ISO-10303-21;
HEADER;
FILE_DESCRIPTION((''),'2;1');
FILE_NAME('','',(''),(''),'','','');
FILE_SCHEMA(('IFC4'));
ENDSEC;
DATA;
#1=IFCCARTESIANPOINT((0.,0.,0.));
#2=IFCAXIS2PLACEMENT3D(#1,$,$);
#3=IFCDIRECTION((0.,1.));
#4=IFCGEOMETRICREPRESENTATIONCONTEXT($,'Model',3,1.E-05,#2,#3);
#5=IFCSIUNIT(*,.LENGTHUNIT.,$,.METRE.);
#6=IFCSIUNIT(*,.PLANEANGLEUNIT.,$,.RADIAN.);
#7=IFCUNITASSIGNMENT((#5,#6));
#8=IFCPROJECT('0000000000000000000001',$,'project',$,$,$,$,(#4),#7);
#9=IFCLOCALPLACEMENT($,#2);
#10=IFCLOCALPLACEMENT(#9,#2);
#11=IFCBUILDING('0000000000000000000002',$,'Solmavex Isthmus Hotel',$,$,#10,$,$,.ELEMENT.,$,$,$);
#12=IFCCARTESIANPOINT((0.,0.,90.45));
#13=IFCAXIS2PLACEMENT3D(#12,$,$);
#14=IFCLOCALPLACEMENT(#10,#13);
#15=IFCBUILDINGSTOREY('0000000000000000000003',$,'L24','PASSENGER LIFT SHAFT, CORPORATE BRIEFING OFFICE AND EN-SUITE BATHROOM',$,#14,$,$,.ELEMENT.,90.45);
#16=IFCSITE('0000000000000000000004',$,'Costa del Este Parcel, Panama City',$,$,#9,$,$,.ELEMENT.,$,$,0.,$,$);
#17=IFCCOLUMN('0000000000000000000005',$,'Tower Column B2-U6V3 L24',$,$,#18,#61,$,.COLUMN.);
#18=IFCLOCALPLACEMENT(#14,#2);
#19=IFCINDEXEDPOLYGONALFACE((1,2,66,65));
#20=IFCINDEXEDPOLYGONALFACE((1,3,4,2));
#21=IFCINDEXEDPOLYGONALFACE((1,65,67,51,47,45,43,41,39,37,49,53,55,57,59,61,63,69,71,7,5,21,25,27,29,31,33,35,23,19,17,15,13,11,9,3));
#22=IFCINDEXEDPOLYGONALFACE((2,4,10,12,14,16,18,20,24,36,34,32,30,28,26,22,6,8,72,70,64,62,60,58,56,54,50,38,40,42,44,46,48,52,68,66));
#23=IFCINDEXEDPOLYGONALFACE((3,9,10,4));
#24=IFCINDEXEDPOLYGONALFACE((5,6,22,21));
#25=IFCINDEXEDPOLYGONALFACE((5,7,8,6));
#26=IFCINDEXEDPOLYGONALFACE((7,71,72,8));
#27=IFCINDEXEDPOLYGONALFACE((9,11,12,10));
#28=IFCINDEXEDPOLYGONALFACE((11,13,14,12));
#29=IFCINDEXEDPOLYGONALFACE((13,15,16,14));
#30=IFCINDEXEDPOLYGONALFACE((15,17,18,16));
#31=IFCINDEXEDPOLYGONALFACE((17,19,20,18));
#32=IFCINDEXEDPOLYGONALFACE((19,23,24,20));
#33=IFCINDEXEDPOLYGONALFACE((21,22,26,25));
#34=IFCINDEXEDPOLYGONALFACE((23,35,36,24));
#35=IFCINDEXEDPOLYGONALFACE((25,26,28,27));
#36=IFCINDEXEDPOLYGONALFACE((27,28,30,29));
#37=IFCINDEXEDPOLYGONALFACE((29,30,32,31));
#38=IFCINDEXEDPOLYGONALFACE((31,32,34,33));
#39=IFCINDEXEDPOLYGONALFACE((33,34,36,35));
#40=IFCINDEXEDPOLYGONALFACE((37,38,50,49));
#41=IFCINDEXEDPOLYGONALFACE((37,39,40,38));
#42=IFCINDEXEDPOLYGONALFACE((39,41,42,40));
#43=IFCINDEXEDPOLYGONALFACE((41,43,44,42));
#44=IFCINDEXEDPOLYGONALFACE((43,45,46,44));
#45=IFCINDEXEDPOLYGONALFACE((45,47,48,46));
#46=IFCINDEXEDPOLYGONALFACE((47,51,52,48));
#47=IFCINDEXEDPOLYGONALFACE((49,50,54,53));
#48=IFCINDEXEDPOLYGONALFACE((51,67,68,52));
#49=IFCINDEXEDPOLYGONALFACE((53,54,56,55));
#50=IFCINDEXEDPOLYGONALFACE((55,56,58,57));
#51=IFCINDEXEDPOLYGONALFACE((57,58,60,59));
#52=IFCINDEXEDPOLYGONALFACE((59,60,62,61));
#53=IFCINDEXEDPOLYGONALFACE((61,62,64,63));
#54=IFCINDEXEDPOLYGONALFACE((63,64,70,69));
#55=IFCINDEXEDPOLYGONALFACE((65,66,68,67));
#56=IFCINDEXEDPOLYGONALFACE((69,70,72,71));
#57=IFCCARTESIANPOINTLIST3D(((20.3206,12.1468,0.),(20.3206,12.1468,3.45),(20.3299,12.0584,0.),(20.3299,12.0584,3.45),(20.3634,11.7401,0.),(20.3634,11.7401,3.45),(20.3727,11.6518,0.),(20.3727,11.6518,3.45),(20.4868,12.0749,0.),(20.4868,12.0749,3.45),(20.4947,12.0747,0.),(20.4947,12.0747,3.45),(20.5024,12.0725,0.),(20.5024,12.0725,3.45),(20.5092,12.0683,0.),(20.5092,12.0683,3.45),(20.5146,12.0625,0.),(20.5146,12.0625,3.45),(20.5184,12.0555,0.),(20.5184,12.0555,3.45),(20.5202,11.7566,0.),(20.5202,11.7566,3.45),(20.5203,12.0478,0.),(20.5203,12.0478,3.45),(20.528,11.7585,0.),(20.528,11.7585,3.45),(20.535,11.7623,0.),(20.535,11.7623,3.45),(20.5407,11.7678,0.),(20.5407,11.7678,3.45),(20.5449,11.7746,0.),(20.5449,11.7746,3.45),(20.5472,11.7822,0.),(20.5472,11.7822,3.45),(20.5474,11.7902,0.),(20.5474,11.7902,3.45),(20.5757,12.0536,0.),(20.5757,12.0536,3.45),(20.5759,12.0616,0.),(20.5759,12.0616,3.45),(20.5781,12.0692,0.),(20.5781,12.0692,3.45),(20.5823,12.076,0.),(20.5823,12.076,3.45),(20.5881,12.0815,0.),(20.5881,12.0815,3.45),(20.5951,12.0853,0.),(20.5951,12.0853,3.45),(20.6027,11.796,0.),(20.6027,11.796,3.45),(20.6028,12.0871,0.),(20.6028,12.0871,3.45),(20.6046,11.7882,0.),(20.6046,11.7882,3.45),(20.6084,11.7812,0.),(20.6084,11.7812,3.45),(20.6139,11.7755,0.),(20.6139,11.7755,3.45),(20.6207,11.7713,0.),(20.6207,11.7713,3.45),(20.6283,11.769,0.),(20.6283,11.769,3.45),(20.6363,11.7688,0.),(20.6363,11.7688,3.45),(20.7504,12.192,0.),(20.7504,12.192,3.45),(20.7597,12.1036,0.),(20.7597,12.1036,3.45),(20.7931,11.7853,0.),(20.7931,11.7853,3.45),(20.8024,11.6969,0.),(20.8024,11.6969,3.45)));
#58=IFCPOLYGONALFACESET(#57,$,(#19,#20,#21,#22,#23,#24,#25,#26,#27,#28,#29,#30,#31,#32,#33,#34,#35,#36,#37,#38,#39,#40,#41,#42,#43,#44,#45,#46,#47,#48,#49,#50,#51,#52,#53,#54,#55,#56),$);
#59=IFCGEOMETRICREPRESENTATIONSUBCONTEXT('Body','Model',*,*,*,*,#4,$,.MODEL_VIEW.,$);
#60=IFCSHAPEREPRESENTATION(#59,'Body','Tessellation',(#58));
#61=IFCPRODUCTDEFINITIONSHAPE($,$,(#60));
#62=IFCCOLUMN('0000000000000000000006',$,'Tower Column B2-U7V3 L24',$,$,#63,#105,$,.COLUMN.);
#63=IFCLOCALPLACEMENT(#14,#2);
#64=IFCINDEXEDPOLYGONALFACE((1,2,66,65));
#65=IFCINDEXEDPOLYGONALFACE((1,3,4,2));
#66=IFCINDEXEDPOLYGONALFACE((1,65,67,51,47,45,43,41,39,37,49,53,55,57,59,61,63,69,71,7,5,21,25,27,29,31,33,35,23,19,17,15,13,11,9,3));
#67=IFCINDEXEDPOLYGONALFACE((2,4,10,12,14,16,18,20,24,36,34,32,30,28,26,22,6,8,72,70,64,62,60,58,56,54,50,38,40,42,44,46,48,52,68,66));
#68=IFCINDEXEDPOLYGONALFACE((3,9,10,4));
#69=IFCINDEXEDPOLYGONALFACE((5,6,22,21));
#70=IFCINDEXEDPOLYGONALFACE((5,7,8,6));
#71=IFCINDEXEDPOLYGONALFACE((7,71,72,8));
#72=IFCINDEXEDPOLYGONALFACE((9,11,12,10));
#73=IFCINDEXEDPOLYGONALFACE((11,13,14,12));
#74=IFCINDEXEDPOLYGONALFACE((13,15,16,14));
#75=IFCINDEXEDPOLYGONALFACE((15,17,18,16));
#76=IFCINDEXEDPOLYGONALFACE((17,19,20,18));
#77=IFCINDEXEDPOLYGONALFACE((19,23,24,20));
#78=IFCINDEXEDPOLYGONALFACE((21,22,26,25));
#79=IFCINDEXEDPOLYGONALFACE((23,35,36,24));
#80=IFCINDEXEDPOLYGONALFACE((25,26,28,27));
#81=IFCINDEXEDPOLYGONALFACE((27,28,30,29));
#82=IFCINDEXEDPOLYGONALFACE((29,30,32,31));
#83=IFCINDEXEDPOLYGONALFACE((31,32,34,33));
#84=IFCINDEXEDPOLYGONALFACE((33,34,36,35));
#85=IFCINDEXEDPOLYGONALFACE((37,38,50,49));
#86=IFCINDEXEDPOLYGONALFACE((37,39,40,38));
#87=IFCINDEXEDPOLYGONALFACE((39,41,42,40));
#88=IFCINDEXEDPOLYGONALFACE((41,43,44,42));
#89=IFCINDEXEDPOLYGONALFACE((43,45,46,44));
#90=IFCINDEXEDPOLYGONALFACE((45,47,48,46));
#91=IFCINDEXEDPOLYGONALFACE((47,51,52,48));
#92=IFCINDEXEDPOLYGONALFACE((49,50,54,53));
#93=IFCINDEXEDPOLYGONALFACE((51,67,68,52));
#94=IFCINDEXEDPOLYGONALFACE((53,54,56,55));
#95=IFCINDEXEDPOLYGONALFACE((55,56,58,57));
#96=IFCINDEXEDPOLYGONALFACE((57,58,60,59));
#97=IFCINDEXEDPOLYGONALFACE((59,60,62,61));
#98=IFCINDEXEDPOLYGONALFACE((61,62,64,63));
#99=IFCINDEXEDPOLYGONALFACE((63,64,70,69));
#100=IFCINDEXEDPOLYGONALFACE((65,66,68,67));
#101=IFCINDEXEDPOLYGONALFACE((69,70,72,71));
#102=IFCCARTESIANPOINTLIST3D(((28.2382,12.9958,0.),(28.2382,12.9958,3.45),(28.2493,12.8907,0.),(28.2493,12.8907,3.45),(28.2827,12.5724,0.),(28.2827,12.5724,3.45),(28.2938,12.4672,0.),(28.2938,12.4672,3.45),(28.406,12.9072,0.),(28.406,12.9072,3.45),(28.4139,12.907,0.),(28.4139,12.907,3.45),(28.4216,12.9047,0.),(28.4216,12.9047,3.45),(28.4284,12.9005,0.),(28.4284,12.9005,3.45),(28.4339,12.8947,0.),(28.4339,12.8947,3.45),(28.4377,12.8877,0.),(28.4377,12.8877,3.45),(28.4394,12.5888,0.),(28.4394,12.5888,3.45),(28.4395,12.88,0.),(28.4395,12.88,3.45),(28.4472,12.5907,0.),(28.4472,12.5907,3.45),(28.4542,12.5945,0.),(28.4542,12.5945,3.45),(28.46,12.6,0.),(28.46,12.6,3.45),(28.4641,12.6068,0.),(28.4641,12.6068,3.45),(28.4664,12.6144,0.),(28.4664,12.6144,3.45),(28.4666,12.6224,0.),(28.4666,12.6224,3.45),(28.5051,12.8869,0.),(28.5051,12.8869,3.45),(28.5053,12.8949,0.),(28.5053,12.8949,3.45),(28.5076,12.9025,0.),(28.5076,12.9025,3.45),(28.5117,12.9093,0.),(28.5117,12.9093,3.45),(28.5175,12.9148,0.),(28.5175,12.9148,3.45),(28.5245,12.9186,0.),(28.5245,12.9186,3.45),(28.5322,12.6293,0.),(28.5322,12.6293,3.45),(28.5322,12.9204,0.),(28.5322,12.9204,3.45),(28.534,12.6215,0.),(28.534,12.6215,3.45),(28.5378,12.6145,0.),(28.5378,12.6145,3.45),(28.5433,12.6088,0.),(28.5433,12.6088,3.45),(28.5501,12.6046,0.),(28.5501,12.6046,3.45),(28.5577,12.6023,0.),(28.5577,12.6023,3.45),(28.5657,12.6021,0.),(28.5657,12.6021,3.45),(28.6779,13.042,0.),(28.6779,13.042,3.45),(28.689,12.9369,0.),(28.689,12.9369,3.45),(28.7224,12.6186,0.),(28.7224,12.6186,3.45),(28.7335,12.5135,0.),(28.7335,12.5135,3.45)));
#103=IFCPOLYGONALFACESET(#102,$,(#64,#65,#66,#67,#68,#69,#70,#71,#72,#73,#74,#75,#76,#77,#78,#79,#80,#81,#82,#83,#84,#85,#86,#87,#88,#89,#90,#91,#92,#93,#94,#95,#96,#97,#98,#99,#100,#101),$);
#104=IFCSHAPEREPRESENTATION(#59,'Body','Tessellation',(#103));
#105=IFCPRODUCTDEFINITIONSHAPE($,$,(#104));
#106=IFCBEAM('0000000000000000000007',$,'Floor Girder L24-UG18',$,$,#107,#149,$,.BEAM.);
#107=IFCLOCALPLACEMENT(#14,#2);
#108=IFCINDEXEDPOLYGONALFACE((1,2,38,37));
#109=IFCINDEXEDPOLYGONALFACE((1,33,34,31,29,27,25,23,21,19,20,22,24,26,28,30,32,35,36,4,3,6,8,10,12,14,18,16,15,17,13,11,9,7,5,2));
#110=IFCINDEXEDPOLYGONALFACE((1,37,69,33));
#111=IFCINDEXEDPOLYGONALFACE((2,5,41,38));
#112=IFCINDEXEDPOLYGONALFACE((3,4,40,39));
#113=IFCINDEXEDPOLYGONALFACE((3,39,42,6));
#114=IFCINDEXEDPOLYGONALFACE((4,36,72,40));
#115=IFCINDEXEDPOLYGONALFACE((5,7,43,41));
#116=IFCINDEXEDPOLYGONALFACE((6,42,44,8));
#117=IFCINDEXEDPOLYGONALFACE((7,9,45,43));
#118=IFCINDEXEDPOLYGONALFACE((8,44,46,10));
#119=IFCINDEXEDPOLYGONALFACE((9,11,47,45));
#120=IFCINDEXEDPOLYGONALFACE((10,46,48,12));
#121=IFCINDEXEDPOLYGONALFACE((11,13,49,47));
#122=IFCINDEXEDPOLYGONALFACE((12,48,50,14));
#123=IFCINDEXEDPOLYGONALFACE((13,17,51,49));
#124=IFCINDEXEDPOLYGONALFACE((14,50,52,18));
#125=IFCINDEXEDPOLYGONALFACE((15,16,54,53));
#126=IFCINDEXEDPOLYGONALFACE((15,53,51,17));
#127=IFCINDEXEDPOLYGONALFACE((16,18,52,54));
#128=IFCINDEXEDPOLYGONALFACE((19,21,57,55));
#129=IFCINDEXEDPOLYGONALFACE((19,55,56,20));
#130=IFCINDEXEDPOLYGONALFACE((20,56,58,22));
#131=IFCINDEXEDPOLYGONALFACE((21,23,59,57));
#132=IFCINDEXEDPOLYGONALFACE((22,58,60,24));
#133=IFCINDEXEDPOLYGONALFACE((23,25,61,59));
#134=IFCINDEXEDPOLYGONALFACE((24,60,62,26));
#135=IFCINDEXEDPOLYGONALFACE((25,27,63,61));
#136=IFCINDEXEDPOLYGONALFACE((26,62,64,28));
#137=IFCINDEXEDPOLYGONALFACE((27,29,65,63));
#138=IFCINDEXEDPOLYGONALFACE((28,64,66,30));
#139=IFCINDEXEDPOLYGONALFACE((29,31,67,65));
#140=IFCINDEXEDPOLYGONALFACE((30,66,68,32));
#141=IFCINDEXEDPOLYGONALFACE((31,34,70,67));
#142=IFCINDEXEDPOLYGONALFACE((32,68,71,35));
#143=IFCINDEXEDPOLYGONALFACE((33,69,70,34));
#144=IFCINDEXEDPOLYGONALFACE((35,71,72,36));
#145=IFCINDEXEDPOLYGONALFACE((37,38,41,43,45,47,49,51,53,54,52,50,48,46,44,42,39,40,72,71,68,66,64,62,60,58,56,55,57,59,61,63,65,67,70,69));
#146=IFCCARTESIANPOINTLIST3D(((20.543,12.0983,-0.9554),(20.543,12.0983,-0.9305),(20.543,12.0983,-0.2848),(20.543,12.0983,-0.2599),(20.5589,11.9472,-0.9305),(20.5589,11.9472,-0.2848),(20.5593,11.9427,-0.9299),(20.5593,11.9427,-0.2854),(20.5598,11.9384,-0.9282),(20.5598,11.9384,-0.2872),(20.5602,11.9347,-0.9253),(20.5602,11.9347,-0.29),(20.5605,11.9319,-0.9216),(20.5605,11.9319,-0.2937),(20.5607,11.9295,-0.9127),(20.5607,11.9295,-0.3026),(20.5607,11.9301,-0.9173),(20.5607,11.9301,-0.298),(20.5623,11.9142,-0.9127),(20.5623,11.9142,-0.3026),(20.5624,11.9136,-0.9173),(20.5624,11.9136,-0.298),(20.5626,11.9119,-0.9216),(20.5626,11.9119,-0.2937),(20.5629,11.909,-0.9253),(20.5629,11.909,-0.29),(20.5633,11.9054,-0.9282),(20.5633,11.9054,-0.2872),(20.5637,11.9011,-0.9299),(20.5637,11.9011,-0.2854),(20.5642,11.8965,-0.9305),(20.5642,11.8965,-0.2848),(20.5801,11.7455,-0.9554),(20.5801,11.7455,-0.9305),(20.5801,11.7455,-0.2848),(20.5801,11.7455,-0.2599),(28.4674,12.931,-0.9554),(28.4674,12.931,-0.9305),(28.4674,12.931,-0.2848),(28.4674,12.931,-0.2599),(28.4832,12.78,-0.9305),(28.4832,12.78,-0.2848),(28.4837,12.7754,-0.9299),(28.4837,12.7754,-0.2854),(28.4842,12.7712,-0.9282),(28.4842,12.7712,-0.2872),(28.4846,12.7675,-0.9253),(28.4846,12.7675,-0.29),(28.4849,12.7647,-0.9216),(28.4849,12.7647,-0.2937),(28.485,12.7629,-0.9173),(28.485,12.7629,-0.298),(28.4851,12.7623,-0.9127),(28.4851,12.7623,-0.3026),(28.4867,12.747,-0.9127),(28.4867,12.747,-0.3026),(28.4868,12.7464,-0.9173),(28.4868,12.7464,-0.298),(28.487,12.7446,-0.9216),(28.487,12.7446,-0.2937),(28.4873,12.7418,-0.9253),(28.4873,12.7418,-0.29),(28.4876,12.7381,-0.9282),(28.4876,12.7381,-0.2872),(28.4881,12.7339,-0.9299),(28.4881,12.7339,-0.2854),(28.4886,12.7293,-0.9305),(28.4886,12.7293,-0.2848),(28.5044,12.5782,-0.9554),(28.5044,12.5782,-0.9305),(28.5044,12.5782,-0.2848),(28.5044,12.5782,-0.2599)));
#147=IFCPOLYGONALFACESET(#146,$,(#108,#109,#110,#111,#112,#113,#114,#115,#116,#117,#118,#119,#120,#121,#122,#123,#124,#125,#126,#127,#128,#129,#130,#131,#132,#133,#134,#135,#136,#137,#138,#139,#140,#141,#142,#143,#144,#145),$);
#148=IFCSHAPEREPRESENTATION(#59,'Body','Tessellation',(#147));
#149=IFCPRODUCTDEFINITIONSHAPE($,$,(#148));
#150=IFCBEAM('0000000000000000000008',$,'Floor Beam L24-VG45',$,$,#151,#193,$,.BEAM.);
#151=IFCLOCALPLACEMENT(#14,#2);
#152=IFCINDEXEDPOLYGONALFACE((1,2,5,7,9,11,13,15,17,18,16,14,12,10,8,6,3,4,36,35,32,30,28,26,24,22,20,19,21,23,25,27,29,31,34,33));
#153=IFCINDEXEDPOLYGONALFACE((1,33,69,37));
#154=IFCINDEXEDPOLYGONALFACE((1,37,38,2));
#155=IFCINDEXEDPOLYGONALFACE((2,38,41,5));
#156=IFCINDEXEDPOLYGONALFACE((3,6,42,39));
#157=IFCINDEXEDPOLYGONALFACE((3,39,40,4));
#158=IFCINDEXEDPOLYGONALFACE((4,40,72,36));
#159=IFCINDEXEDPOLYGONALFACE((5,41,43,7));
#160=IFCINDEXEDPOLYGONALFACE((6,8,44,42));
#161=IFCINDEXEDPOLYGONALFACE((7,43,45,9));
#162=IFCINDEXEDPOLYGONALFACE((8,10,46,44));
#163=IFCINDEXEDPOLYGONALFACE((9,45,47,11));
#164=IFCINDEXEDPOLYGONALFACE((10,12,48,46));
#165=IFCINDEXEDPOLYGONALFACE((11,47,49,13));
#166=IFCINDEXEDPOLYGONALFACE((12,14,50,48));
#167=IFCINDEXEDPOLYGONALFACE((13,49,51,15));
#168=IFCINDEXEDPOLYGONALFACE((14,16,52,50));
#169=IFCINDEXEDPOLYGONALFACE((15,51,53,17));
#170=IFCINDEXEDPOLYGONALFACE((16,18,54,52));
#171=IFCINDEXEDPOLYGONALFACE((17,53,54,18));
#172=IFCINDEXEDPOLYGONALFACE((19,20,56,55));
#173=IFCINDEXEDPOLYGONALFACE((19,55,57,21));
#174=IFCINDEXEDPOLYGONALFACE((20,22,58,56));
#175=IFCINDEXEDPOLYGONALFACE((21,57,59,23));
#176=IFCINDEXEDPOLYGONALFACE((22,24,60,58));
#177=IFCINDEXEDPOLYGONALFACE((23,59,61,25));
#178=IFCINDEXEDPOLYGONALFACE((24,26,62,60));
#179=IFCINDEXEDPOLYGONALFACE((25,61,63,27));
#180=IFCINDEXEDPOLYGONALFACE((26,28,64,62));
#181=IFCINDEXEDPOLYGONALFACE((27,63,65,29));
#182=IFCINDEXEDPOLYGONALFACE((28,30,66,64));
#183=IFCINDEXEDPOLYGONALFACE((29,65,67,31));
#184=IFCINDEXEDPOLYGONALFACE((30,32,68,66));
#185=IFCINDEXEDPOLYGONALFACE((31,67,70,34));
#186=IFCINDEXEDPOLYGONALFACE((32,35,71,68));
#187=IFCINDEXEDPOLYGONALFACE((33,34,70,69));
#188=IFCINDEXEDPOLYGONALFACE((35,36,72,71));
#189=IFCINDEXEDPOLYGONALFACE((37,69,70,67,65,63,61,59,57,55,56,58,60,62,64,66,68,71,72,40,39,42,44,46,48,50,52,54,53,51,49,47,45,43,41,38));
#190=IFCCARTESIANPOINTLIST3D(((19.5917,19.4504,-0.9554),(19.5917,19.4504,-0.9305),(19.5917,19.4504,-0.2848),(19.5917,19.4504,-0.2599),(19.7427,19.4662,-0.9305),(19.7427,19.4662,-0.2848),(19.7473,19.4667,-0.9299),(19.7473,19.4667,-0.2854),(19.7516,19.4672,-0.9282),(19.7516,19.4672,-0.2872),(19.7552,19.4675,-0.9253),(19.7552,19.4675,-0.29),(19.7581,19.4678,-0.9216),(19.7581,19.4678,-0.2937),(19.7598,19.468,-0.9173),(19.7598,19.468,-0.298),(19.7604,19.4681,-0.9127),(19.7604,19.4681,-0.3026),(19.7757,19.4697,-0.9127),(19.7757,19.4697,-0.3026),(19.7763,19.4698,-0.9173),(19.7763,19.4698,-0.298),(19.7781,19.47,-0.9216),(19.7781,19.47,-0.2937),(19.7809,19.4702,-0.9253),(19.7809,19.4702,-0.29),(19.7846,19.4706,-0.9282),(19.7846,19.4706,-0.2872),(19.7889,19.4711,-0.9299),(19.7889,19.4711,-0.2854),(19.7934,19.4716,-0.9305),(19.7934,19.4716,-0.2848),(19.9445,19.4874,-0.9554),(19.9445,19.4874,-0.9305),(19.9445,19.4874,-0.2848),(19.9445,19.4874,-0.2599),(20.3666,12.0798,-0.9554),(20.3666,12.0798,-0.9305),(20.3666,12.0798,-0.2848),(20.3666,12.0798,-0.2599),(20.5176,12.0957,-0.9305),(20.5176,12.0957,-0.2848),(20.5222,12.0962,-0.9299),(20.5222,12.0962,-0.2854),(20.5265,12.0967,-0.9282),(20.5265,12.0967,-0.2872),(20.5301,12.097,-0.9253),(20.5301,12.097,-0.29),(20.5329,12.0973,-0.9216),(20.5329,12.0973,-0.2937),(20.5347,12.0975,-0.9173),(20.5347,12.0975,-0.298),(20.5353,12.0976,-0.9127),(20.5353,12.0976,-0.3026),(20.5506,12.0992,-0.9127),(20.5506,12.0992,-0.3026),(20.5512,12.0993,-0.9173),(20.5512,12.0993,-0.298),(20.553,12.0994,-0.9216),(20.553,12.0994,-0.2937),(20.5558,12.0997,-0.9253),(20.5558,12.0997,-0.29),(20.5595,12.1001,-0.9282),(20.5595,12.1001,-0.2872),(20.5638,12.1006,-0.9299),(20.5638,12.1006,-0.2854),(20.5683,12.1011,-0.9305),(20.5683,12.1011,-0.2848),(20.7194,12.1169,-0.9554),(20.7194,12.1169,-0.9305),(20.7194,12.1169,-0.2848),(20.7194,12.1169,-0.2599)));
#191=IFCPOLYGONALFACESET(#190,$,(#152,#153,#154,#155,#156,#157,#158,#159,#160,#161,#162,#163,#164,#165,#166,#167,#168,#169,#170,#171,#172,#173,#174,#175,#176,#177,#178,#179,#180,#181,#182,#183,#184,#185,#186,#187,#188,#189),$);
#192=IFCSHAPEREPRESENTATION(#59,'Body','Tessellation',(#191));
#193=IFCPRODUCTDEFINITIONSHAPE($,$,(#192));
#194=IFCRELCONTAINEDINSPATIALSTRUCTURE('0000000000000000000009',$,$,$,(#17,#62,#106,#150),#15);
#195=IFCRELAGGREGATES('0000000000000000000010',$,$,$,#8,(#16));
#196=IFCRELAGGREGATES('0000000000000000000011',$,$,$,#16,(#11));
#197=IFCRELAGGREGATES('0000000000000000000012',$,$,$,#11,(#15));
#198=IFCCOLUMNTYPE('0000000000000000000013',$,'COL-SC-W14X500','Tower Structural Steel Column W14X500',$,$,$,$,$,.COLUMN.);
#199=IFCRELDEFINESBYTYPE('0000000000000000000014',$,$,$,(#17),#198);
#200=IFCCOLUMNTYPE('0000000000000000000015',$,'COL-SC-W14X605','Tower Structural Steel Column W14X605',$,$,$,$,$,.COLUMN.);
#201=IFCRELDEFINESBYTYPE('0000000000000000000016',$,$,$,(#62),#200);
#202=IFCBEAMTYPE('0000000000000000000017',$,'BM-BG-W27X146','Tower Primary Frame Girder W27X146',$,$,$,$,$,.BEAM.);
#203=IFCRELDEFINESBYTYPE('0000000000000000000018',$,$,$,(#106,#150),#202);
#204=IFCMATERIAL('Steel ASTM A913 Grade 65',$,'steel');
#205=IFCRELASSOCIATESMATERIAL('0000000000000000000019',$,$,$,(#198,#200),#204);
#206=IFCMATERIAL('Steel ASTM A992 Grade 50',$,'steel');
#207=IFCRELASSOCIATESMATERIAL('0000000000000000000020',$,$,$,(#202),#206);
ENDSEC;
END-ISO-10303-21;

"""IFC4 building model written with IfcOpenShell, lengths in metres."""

from ifc_helpers import new_model, si_unit, direction, frame, origin, origin_2d, place, context, subcontext, project, spatial, i_section, extrude, material, material_profile, profile_set, type_object, element, save


model = new_model("IFC4")

# Units and contexts
model_context = context("Model", 3, precision=1e-05, world=origin(), true_north=direction((0.0, 1.0)))
body_context = subcontext(model_context, "Body", "Model", "MODEL_VIEW")
ifc_project = project(units=[si_unit("LENGTHUNIT", "METRE"), si_unit("PLANEANGLEUNIT", "RADIAN")], contexts=[model_context])

# Site, building, storey
site_placement = place(None, origin())
site = spatial("IfcSite", under=ifc_project, at=site_placement, Name="Costa del Este Parcel, Panama City", CompositionType="ELEMENT", RefElevation=0.0)
building_placement = place(site_placement, origin())
building = spatial("IfcBuilding", under=site, at=building_placement, Name="Solmavex Isthmus Hotel", CompositionType="ELEMENT")
storey_placement = place(building_placement, frame((0.0, 0.0, 90.45)))
storey = spatial("IfcBuildingStorey", under=building, at=storey_placement, Name="L24", Description="PASSENGER LIFT SHAFT, CORPORATE BRIEFING OFFICE AND EN-SUITE BATHROOM", CompositionType="ELEMENT", Elevation=90.45)

# Columns
ifc_material_1 = material(Name="Steel ASTM A913 Grade 65", Category="steel")
ifc_material_profile_1 = material_profile(ifc_material_1, i_section(OverallWidth=0.4321, OverallDepth=0.4978, WebThickness=0.0557, FlangeThickness=0.0889, FilletRadius=0.0305, at=origin_2d()), Name="W14X500")
ifc_profile_set_1 = profile_set([ifc_material_profile_1], Name="Steel ASTM A913 Grade 65")
column_type_1 = type_object("IfcColumnType", Name="COL-SC-W14X500", Description="Tower Structural Steel Column W14X500", PredefinedType="COLUMN", material=ifc_profile_set_1)
column_1_placement = place(storey_placement, frame((20.5615, 11.9219, 0.0), z_axis=(0.0, 0.0, 1.0), x_axis=(0.994522, 0.104528, 0.0)))
element("IfcColumn", 1, at=column_1_placement, inside=storey, type_object=column_type_1, Name="Tower Column B2-U6V3 L24", PredefinedType="COLUMN", context=body_context, shape_type="SweptSolid", body=[
    extrude(i_section(OverallWidth=0.4321, OverallDepth=0.4978, WebThickness=0.0557, FlangeThickness=0.0889, FilletRadius=0.0305, at=origin_2d()), origin(), (0.0, 0.0, 1.0), 3.45),
])
ifc_material_profile_2 = material_profile(ifc_material_1, i_section(OverallWidth=0.4421, OverallDepth=0.5315, WebThickness=0.0659, FlangeThickness=0.1057, FilletRadius=0.0305, at=origin_2d()), Name="W14X605")
ifc_profile_set_2 = profile_set([ifc_material_profile_2], Name="Steel ASTM A913 Grade 65")
column_type_2 = type_object("IfcColumnType", Name="COL-SC-W14X605", Description="Tower Structural Steel Column W14X605", PredefinedType="COLUMN", material=ifc_profile_set_2)
column_2_placement = place(storey_placement, frame((28.4858, 12.7546, 0.0), z_axis=(0.0, 0.0, 1.0), x_axis=(0.994522, 0.104528, 0.0)))
element("IfcColumn", 2, at=column_2_placement, inside=storey, type_object=column_type_2, Name="Tower Column B2-U7V3 L24", PredefinedType="COLUMN", context=body_context, shape_type="SweptSolid", body=[
    extrude(i_section(OverallWidth=0.4421, OverallDepth=0.5315, WebThickness=0.0659, FlangeThickness=0.1057, FilletRadius=0.0305, at=origin_2d()), origin(), (0.0, 0.0, 1.0), 3.45),
])

# Beams
ifc_material_2 = material(Name="Steel ASTM A992 Grade 50", Category="steel")
ifc_material_profile_3 = material_profile(ifc_material_2, i_section(OverallWidth=0.3547, OverallDepth=0.6956, WebThickness=0.0154, FlangeThickness=0.0249, FilletRadius=0.0178, at=origin_2d()), Name="W27X146")
ifc_profile_set_3 = profile_set([ifc_material_profile_3], Name="Steel ASTM A992 Grade 50")
beam_type_1 = type_object("IfcBeamType", Name="BM-BG-W27X146", Description="Tower Primary Frame Girder W27X146", PredefinedType="BEAM", material=ifc_profile_set_3)
beam_1_placement = place(storey_placement, frame((20.5615, 11.9219, -0.6077), z_axis=(0.994523, 0.104514, 0.0), x_axis=(-0.104514, 0.994523, 0.0)))
element("IfcBeam", 3, at=beam_1_placement, inside=storey, type_object=beam_type_1, Name="Floor Girder L24-UG18", PredefinedType="BEAM", context=body_context, shape_type="SweptSolid", body=[
    extrude(i_section(OverallWidth=0.3547, OverallDepth=0.6956, WebThickness=0.0154, FlangeThickness=0.0249, FilletRadius=0.0178, at=origin_2d()), origin(), (0.0, 0.0, 1.0), 7.968),
])
beam_2_placement = place(storey_placement, frame((20.543, 12.0984, -0.6077), z_axis=(-0.104558, 0.994519, 0.0), x_axis=(-0.994519, -0.104558, 0.0)))
element("IfcBeam", 4, at=beam_2_placement, inside=storey, type_object=beam_type_1, Name="Floor Beam L24-VG45", PredefinedType="BEAM", context=body_context, shape_type="SweptSolid", body=[
    extrude(i_section(OverallWidth=0.3547, OverallDepth=0.6956, WebThickness=0.0154, FlangeThickness=0.0249, FilletRadius=0.0178, at=origin_2d()), origin(), (0.0, 0.0, 1.0), 7.4111),
])

save(model, "model.ifc")
